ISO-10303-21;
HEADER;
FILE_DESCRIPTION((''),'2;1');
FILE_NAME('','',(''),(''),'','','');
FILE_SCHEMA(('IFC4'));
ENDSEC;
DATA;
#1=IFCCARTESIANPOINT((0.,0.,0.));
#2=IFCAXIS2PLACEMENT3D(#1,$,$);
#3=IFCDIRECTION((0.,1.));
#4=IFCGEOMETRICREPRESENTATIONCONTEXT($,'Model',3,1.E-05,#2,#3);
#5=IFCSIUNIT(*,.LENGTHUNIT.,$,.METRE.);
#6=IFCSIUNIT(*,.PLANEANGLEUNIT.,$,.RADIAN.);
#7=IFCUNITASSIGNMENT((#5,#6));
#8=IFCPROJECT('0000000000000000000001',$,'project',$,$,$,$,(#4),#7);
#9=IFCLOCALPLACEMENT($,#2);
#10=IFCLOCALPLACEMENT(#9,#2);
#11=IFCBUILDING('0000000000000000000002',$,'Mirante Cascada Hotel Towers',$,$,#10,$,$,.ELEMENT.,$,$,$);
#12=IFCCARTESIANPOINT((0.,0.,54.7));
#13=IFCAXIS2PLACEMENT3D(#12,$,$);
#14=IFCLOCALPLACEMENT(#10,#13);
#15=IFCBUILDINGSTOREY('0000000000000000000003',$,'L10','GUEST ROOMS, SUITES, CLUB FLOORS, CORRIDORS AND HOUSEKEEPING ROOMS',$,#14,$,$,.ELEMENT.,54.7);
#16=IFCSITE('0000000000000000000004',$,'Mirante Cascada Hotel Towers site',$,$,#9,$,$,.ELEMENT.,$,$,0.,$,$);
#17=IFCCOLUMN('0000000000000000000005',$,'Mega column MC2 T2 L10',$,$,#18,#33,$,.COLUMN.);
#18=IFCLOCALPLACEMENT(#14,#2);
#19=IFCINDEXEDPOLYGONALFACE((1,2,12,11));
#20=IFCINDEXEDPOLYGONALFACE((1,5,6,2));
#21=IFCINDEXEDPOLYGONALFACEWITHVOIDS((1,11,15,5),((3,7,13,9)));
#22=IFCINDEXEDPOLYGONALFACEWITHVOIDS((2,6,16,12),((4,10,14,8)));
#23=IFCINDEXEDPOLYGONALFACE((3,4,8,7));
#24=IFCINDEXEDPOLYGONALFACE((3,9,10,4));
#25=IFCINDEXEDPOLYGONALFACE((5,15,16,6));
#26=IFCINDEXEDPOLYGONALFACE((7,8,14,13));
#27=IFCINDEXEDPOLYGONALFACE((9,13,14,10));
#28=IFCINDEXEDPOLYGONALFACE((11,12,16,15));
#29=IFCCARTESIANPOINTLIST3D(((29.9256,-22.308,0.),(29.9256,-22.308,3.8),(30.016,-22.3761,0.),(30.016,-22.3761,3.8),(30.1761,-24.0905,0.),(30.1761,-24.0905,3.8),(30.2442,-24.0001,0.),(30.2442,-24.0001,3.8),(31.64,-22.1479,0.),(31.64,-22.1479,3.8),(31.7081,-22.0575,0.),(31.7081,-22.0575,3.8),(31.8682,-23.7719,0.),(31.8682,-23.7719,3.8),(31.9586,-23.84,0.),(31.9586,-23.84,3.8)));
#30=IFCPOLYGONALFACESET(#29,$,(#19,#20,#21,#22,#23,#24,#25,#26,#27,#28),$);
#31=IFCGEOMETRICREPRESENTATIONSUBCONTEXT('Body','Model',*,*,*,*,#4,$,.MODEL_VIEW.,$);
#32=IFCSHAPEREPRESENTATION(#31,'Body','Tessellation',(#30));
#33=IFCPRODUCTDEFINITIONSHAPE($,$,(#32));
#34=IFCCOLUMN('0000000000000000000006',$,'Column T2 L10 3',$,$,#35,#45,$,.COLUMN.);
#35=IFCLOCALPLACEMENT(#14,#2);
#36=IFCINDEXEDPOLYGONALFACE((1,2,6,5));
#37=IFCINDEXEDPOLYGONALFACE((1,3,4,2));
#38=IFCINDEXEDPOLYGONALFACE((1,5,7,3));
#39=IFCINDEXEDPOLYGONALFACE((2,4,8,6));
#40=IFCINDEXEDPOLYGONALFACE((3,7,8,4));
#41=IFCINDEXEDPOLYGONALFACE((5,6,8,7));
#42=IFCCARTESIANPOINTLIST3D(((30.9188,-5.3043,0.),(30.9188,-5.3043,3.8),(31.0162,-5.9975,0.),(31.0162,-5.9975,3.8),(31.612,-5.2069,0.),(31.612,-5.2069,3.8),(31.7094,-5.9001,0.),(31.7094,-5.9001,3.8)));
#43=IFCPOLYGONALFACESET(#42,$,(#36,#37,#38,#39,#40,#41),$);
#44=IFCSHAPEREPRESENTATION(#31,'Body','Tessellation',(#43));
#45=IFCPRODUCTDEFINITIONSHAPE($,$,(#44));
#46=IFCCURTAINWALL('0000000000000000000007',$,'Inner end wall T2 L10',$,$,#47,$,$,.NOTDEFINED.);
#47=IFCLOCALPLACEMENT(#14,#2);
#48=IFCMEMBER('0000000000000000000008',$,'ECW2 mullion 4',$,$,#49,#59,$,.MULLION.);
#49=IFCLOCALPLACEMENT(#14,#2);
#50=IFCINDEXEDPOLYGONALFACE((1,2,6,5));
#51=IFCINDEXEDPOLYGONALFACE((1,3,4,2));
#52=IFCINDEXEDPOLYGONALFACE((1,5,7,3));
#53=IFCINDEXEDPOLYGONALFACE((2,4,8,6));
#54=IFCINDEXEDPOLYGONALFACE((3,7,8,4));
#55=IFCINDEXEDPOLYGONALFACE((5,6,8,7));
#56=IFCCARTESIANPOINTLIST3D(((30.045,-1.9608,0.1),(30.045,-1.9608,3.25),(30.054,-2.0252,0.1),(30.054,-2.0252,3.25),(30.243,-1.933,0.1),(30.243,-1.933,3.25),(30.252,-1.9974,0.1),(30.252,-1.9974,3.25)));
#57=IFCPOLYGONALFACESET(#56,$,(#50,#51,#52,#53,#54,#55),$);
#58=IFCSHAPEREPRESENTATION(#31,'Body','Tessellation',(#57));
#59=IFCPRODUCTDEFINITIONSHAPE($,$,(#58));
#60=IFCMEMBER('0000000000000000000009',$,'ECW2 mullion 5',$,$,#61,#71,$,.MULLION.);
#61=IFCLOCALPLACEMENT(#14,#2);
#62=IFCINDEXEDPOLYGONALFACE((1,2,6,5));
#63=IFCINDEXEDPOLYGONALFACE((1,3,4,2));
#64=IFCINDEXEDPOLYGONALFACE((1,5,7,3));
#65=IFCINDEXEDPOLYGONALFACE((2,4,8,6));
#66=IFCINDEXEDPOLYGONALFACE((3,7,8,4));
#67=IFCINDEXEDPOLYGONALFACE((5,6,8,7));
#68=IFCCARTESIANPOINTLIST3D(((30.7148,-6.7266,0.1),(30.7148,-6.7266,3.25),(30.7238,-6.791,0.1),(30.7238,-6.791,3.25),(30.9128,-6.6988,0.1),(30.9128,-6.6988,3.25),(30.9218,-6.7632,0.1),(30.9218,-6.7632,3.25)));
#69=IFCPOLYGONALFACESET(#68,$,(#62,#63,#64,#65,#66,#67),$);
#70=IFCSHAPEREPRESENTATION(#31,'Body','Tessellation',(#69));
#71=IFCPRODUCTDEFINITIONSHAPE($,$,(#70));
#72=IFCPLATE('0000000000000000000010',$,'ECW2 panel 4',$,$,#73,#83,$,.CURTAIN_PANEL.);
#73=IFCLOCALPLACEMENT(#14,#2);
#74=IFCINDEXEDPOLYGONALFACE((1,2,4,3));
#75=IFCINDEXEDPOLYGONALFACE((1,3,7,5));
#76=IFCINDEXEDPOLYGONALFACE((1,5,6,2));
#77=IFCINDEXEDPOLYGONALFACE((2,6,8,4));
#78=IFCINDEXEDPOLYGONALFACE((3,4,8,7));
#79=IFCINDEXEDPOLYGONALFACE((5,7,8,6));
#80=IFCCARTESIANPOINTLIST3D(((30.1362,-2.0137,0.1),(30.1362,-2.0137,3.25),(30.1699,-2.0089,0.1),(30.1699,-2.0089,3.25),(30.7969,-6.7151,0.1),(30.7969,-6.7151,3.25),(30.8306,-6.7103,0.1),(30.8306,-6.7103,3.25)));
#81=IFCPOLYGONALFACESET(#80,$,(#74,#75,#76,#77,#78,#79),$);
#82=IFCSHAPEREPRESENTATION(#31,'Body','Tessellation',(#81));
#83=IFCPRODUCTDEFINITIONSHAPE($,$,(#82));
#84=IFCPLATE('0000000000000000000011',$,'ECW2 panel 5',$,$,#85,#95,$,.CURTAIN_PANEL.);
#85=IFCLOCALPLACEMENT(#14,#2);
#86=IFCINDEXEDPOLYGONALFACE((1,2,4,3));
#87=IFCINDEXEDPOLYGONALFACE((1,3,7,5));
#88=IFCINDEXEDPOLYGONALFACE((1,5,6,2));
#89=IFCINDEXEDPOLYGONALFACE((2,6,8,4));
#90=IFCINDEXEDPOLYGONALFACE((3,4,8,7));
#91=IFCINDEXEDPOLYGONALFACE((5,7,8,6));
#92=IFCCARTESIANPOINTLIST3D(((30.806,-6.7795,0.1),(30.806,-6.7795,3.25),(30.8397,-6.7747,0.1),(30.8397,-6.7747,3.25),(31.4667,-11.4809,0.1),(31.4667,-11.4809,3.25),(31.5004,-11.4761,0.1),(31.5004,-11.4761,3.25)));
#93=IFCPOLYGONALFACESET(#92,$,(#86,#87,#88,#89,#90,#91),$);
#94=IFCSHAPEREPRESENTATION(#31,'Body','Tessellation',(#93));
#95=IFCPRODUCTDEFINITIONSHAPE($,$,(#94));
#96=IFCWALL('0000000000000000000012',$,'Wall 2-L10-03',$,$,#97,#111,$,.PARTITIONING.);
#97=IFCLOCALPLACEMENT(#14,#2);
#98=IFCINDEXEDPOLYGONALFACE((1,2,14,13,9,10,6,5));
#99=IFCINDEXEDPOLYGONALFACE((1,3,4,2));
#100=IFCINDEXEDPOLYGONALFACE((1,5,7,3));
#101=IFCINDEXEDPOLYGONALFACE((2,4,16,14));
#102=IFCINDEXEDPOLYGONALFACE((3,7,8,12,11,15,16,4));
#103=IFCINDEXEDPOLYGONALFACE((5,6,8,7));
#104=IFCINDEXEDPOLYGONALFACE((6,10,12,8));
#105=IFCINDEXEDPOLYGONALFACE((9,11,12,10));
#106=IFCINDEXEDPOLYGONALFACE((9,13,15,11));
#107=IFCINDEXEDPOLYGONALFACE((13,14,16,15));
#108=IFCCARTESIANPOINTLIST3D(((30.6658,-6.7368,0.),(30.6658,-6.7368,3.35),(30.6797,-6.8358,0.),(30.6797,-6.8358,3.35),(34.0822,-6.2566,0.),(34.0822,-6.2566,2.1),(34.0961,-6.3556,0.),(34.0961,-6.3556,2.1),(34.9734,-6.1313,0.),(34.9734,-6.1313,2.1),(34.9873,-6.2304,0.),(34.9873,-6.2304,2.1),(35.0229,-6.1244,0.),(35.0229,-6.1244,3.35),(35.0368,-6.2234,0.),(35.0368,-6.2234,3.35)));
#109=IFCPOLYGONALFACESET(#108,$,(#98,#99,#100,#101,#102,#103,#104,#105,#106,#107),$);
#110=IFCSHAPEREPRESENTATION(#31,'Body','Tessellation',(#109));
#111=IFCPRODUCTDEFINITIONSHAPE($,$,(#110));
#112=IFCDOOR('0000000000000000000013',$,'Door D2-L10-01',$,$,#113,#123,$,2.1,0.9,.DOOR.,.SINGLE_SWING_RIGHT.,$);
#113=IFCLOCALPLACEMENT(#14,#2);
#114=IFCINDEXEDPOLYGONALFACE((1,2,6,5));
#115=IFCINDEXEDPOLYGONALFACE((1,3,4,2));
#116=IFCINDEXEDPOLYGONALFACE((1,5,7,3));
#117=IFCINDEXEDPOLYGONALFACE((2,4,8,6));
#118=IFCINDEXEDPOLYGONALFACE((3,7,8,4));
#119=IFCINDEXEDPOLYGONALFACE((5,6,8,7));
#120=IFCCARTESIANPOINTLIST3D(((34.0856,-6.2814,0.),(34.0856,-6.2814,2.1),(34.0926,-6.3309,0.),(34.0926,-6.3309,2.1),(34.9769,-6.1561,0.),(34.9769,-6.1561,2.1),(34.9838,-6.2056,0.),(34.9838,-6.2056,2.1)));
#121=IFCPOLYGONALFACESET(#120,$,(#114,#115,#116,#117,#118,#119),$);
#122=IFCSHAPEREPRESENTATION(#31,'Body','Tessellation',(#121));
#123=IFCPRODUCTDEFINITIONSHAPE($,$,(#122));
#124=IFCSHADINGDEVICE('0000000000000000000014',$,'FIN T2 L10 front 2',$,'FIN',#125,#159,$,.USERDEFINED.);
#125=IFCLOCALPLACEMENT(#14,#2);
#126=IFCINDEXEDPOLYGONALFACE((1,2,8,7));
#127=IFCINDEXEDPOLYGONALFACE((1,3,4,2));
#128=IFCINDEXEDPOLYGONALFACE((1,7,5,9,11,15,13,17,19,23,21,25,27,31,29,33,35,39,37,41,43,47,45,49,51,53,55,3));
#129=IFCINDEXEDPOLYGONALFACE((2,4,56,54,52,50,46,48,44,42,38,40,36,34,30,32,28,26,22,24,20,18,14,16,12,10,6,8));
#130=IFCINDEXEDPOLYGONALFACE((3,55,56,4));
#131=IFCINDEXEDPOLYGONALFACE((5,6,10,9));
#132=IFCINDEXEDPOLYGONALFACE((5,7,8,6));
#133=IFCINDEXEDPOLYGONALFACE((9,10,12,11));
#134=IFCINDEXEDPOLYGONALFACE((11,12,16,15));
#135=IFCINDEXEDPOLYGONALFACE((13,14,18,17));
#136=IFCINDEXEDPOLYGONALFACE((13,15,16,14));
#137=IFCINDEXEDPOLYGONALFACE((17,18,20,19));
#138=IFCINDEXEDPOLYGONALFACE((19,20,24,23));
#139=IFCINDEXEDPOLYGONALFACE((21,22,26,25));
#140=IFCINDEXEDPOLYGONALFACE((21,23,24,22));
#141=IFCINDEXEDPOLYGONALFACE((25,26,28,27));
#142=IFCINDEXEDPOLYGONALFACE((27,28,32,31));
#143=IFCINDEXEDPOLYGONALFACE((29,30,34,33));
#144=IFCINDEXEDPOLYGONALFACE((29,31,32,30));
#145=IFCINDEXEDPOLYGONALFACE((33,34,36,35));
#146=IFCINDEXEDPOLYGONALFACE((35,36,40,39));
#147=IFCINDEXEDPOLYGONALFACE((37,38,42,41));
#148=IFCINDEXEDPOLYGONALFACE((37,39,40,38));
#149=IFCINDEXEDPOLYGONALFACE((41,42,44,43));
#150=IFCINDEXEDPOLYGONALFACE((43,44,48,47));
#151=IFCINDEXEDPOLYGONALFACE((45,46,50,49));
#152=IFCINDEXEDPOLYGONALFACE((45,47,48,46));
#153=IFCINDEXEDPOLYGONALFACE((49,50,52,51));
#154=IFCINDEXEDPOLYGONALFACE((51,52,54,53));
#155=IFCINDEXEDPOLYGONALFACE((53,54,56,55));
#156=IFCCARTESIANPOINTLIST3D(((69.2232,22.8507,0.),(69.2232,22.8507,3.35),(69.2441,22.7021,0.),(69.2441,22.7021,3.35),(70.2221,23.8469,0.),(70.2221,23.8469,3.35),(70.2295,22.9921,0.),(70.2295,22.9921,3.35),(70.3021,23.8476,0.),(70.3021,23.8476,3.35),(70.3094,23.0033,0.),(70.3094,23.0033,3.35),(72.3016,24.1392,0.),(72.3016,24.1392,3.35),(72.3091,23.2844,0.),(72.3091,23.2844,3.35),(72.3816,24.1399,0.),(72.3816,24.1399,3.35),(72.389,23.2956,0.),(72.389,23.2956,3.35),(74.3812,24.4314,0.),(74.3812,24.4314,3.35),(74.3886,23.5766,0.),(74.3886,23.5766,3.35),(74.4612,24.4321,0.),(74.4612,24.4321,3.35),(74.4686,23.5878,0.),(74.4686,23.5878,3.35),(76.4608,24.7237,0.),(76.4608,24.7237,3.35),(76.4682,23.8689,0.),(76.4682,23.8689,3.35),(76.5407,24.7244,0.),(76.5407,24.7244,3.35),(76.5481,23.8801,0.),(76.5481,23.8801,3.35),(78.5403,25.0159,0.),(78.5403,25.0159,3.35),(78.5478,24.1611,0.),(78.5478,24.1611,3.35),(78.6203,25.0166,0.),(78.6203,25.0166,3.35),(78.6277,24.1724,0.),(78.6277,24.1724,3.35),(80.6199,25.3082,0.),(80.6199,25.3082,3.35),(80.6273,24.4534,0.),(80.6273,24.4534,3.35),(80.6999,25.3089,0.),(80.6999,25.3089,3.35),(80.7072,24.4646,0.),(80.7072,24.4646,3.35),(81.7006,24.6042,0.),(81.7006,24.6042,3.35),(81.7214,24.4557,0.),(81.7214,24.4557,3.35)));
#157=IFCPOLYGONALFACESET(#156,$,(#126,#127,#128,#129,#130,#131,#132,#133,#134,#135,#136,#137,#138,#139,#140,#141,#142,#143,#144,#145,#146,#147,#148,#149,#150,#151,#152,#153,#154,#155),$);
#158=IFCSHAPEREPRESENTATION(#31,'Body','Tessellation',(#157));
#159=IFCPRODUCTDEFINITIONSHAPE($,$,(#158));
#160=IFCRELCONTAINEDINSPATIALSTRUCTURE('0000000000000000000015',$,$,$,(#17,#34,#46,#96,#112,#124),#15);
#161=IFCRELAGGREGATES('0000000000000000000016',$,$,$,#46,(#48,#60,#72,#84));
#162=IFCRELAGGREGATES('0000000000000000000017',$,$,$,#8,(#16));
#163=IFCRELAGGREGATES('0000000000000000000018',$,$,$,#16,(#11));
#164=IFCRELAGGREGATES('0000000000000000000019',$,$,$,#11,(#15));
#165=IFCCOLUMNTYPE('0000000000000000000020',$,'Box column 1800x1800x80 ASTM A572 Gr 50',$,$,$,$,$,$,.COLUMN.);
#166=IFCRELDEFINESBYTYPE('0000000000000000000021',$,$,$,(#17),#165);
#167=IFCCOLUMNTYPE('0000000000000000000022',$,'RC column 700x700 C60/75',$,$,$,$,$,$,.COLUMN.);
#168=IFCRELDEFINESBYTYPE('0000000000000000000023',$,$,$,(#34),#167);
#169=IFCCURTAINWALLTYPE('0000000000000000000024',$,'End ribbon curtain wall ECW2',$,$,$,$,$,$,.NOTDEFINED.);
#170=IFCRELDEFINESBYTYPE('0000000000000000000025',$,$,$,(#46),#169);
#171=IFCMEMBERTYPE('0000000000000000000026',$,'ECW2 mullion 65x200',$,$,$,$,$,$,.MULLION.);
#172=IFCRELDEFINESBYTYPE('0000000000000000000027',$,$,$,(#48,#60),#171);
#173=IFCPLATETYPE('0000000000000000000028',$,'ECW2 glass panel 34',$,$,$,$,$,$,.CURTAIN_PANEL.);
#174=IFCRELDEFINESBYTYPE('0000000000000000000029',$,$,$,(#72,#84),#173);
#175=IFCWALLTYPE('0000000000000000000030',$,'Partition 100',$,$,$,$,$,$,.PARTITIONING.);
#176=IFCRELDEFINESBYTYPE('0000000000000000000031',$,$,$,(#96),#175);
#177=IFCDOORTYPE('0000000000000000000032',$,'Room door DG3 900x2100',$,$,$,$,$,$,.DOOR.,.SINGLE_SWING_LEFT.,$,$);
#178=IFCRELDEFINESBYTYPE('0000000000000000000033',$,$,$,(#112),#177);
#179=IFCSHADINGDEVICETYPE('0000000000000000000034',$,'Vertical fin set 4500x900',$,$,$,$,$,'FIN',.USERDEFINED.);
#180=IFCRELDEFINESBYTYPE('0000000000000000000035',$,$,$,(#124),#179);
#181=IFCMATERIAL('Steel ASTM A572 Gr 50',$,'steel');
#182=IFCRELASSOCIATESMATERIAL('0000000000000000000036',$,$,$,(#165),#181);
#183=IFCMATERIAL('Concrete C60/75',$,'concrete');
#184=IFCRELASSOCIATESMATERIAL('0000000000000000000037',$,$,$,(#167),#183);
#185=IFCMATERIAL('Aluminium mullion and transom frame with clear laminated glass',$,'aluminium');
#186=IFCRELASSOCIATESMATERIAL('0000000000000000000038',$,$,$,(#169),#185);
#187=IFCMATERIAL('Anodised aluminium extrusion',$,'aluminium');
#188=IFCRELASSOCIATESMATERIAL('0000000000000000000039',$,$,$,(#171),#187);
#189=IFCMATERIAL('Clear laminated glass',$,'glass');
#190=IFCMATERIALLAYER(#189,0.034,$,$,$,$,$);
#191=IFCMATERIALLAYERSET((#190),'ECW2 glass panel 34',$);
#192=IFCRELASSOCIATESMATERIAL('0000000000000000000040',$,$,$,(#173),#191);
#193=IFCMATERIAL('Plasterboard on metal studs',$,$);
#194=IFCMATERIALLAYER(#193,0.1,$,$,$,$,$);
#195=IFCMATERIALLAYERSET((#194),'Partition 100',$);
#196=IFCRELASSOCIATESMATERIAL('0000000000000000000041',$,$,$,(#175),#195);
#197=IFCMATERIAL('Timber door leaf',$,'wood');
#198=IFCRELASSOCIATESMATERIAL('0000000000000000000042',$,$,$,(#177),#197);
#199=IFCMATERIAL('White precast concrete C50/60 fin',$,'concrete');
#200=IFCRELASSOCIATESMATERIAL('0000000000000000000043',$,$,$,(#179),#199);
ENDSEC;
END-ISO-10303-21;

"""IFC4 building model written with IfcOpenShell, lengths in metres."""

from ifc_helpers import new_model, si_unit, direction, frame, frame_2d, origin, origin_2d, place, context, subcontext, project, spatial, polyline, rectangle, hollow_rectangle, outline, extrude, material, layer, layer_set, material_profile, profile_set, type_object, element, fill, aggregate, save


model = new_model("IFC4")

# Units and contexts
model_context = context("Model", 3, precision=1e-05, world=origin(), true_north=direction((0.0, 1.0)))
body_context = subcontext(model_context, "Body", "Model", "MODEL_VIEW")
ifc_project = project(units=[si_unit("LENGTHUNIT", "METRE"), si_unit("PLANEANGLEUNIT", "RADIAN")], contexts=[model_context])

# Site, building, storey
site_placement = place(None, origin())
site = spatial("IfcSite", under=ifc_project, at=site_placement, Name="Mirante Cascada Hotel Towers site", CompositionType="ELEMENT", RefElevation=0.0)
building_placement = place(site_placement, origin())
building = spatial("IfcBuilding", under=site, at=building_placement, Name="Mirante Cascada Hotel Towers", CompositionType="ELEMENT")
storey_placement = place(building_placement, frame((0.0, 0.0, 54.7)))
storey = spatial("IfcBuildingStorey", under=building, at=storey_placement, Name="L10", Description="GUEST ROOMS, SUITES, CLUB FLOORS, CORRIDORS AND HOUSEKEEPING ROOMS", CompositionType="ELEMENT", Elevation=54.7)

# Columns
ifc_material_1 = material(Name="Steel ASTM A572 Gr 50", Category="steel")
ifc_material_profile_1 = material_profile(ifc_material_1, hollow_rectangle(XDim=1.8, YDim=1.8, WallThickness=0.08, at=origin_2d()), Name="Box column 1800x1800x80 ASTM A572 Gr 50")
ifc_profile_set_1 = profile_set([ifc_material_profile_1], Name="Steel ASTM A572 Gr 50")
column_type_1 = type_object("IfcColumnType", Name="Box column 1800x1800x80 ASTM A572 Gr 50", PredefinedType="COLUMN", material=ifc_profile_set_1)
column_1_placement = place(storey_placement, frame((30.9421, -23.074, 0.0), z_axis=(0.0, 0.0, 1.0), x_axis=(0.990268, 0.139173, 0.0)))
element("IfcColumn", 1, at=column_1_placement, inside=storey, type_object=column_type_1, Name="Mega column MC2 T2 L10", PredefinedType="COLUMN", context=body_context, shape_type="SweptSolid", body=[
    extrude(hollow_rectangle(XDim=1.8, YDim=1.8, WallThickness=0.08, at=origin_2d()), origin(), (0.0, 0.0, 1.0), 3.8),
])
ifc_material_2 = material(Name="Concrete C60/75", Category="concrete")
ifc_material_profile_2 = material_profile(ifc_material_2, rectangle(XDim=0.7, YDim=0.7, at=origin_2d()), Name="RC column 700x700 C60/75")
ifc_profile_set_2 = profile_set([ifc_material_profile_2], Name="Concrete C60/75")
column_type_2 = type_object("IfcColumnType", Name="RC column 700x700 C60/75", PredefinedType="COLUMN", material=ifc_profile_set_2)
column_2_placement = place(storey_placement, frame((31.3141, -5.6022, 0.0), z_axis=(0.0, 0.0, 1.0), x_axis=(0.990268, 0.139173, 0.0)))
element("IfcColumn", 2, at=column_2_placement, inside=storey, type_object=column_type_2, Name="Column T2 L10 3", PredefinedType="COLUMN", context=body_context, shape_type="SweptSolid", body=[
    extrude(rectangle(XDim=0.7, YDim=0.7, at=origin_2d()), origin(), (0.0, 0.0, 1.0), 3.8),
])

# Curtain wall, members, plates
ifc_material_3 = material(Name="Aluminium mullion and transom frame with clear laminated glass", Category="aluminium")
curtain_wall_type = type_object("IfcCurtainWallType", Name="End ribbon curtain wall ECW2", PredefinedType="NOTDEFINED", material=ifc_material_3)
curtain_wall_placement = place(storey_placement, origin())
curtain_wall = element("IfcCurtainWall", 3, at=curtain_wall_placement, inside=storey, type_object=curtain_wall_type, Name="Inner end wall T2 L10", PredefinedType="NOTDEFINED")
ifc_material_4 = material(Name="Anodised aluminium extrusion", Category="aluminium")
ifc_material_profile_3 = material_profile(ifc_material_4, rectangle(XDim=0.2, YDim=0.065, at=origin_2d()), Name="ECW2 MULLION 65x200")
ifc_profile_set_3 = profile_set([ifc_material_profile_3], Name="Anodised aluminium extrusion")
member_type = type_object("IfcMemberType", Name="ECW2 mullion 65x200", PredefinedType="MULLION", material=ifc_profile_set_3)
member_1_placement = place(storey_placement, frame((30.1485, -1.9791, 0.1), z_axis=(0.0, 0.0, 1.0), x_axis=(0.990268, 0.139173, 0.0)))
member_1 = element("IfcMember", 4, at=member_1_placement, type_object=member_type, Name="ECW2 mullion 4", PredefinedType="MULLION", context=body_context, shape_type="SweptSolid", body=[
    extrude(rectangle(XDim=0.2, YDim=0.065, at=origin_2d()), origin(), (0.0, 0.0, 1.0), 3.15),
])
member_2_placement = place(storey_placement, frame((30.8183, -6.7449, 0.1), z_axis=(0.0, 0.0, 1.0), x_axis=(0.990268, 0.139173, 0.0)))
member_2 = element("IfcMember", 5, at=member_2_placement, type_object=member_type, Name="ECW2 mullion 5", PredefinedType="MULLION", context=body_context, shape_type="SweptSolid", body=[
    extrude(rectangle(XDim=0.2, YDim=0.065, at=origin_2d()), origin(), (0.0, 0.0, 1.0), 3.15),
])
ifc_material_5 = material(Name="Clear laminated glass", Category="glass")
ifc_layer_1 = layer(ifc_material_5, 0.034)
ifc_layer_set_1 = layer_set([ifc_layer_1], Name="ECW2 glass panel 34")
plate_type = type_object("IfcPlateType", Name="ECW2 glass panel 34", PredefinedType="CURTAIN_PANEL", material=ifc_layer_set_1)
plate_1_placement = place(storey_placement, frame((30.4834, -4.362, 0.1), z_axis=(0.0, 0.0, 1.0), x_axis=(0.139173, -0.990268, 0.0)))
plate_1 = element("IfcPlate", 6, at=plate_1_placement, type_object=plate_type, Name="ECW2 panel 4", PredefinedType="CURTAIN_PANEL", context=body_context, shape_type="SweptSolid", body=[
    extrude(rectangle(XDim=4.7476, YDim=0.034, at=origin_2d()), origin(), (0.0, 0.0, 1.0), 3.15),
])
plate_2_placement = place(storey_placement, frame((31.1532, -9.1278, 0.1), z_axis=(0.0, 0.0, 1.0), x_axis=(0.139173, -0.990268, 0.0)))
plate_2 = element("IfcPlate", 7, at=plate_2_placement, type_object=plate_type, Name="ECW2 panel 5", PredefinedType="CURTAIN_PANEL", context=body_context, shape_type="SweptSolid", body=[
    extrude(rectangle(XDim=4.7476, YDim=0.034, at=origin_2d()), origin(), (0.0, 0.0, 1.0), 3.15),
])
aggregate(curtain_wall, [member_1, member_2, plate_1, plate_2])

# Wall, opening, door
ifc_material_6 = material(Name="Plasterboard on metal studs")
ifc_layer_2 = layer(ifc_material_6, 0.1)
ifc_layer_set_2 = layer_set([ifc_layer_2], Name="Partition 100")
wall_type = type_object("IfcWallType", Name="Partition 100", PredefinedType="PARTITIONING", material=ifc_layer_set_2)
wall_placement = place(storey_placement, frame((30.6727, -6.7863, 0.0), z_axis=(0.0, 0.0, 1.0), x_axis=(0.990267, 0.139184, 0.0)))
wall = element("IfcWall", 8, at=wall_placement, inside=storey, type_object=wall_type, Name="Wall 2-L10-03", PredefinedType="PARTITIONING", context=body_context, shape_type="SweptSolid", body=[
    extrude(rectangle(XDim=4.3999, YDim=0.1, at=frame_2d((2.2, 0.0))), origin(), (0.0, 0.0, 1.0), 3.35),
])
opening_placement = place(wall_placement, frame((3.45, 0.0, 0.0)))
opening = element("IfcOpeningElement", 9, at=opening_placement, cuts=wall, PredefinedType="OPENING", context=body_context, shape_type="SweptSolid", body=[
    extrude(rectangle(XDim=0.9, YDim=2.1, at=frame_2d((0.45, 1.05))), frame((0.0, 0.05, 0.0), z_axis=(0.0, -1.0, 0.0), x_axis=(1.0, 0.0, 0.0)), (0.0, 0.0, 1.0), 0.1),
])
ifc_material_7 = material(Name="Timber door leaf", Category="wood")
door_type = type_object("IfcDoorType", Name="Room door DG3 900x2100", OperationType="SINGLE_SWING_LEFT", PredefinedType="DOOR", material=ifc_material_7)
door_placement = place(opening_placement, frame((0.9, 0.0, 0.0), z_axis=(0.0, 0.0, 1.0), x_axis=(-1.0, 0.0, 0.0)))
door = element("IfcDoor", 10, at=door_placement, inside=storey, type_object=door_type, Name="Door D2-L10-01", OperationType="SINGLE_SWING_RIGHT", OverallHeight=2.1, OverallWidth=0.9, PredefinedType="DOOR", context=body_context, shape_type="SweptSolid", body=[
    extrude(rectangle(XDim=0.9, YDim=2.1, at=frame_2d((0.45, 1.05))), frame((0.0, 0.025, 0.0), z_axis=(0.0, -1.0, 0.0), x_axis=(1.0, 0.0, 0.0)), (0.0, 0.0, 1.0), 0.05),
])
fill(opening, door)

# Shading device
ifc_material_8 = material(Name="White precast concrete C50/60 fin", Category="concrete")
shading_device_type = type_object("IfcShadingDeviceType", Name="Vertical fin set 4500x900", ElementType="FIN", PredefinedType="USERDEFINED", material=ifc_material_8)
shading_device_1_placement = place(storey_placement, origin())
element("IfcShadingDevice", 11, at=shading_device_1_placement, inside=storey, type_object=shading_device_type, Name="FIN T2 L10 front 2", ObjectType="FIN", PredefinedType="USERDEFINED", context=body_context, shape_type="SweptSolid", body=[
    extrude(outline(polyline([(70.3021, 23.8476), (70.3094, 23.0033), (72.3091, 23.2844), (72.3016, 24.1392), (72.3816, 24.1399), (72.389, 23.2956), (74.3886, 23.5766), (74.3812, 24.4314), (74.4612, 24.4321), (74.4686, 23.5878), (76.4682, 23.8689), (76.4608, 24.7237), (76.5407, 24.7244), (76.5481, 23.8801), (78.5478, 24.1611), (78.5403, 25.0159), (78.6203, 25.0166), (78.6277, 24.1724), (80.6273, 24.4534), (80.6199, 25.3082), (80.6999, 25.3089), (80.7072, 24.4646), (81.7006, 24.6042), (81.7214, 24.4557), (69.2441, 22.7021), (69.2232, 22.8507), (70.2295, 22.9921), (70.2221, 23.8469), (70.3021, 23.8476)])), origin(), (0.0, 0.0, 1.0), 3.35),
])

save(model, "model.ifc")
